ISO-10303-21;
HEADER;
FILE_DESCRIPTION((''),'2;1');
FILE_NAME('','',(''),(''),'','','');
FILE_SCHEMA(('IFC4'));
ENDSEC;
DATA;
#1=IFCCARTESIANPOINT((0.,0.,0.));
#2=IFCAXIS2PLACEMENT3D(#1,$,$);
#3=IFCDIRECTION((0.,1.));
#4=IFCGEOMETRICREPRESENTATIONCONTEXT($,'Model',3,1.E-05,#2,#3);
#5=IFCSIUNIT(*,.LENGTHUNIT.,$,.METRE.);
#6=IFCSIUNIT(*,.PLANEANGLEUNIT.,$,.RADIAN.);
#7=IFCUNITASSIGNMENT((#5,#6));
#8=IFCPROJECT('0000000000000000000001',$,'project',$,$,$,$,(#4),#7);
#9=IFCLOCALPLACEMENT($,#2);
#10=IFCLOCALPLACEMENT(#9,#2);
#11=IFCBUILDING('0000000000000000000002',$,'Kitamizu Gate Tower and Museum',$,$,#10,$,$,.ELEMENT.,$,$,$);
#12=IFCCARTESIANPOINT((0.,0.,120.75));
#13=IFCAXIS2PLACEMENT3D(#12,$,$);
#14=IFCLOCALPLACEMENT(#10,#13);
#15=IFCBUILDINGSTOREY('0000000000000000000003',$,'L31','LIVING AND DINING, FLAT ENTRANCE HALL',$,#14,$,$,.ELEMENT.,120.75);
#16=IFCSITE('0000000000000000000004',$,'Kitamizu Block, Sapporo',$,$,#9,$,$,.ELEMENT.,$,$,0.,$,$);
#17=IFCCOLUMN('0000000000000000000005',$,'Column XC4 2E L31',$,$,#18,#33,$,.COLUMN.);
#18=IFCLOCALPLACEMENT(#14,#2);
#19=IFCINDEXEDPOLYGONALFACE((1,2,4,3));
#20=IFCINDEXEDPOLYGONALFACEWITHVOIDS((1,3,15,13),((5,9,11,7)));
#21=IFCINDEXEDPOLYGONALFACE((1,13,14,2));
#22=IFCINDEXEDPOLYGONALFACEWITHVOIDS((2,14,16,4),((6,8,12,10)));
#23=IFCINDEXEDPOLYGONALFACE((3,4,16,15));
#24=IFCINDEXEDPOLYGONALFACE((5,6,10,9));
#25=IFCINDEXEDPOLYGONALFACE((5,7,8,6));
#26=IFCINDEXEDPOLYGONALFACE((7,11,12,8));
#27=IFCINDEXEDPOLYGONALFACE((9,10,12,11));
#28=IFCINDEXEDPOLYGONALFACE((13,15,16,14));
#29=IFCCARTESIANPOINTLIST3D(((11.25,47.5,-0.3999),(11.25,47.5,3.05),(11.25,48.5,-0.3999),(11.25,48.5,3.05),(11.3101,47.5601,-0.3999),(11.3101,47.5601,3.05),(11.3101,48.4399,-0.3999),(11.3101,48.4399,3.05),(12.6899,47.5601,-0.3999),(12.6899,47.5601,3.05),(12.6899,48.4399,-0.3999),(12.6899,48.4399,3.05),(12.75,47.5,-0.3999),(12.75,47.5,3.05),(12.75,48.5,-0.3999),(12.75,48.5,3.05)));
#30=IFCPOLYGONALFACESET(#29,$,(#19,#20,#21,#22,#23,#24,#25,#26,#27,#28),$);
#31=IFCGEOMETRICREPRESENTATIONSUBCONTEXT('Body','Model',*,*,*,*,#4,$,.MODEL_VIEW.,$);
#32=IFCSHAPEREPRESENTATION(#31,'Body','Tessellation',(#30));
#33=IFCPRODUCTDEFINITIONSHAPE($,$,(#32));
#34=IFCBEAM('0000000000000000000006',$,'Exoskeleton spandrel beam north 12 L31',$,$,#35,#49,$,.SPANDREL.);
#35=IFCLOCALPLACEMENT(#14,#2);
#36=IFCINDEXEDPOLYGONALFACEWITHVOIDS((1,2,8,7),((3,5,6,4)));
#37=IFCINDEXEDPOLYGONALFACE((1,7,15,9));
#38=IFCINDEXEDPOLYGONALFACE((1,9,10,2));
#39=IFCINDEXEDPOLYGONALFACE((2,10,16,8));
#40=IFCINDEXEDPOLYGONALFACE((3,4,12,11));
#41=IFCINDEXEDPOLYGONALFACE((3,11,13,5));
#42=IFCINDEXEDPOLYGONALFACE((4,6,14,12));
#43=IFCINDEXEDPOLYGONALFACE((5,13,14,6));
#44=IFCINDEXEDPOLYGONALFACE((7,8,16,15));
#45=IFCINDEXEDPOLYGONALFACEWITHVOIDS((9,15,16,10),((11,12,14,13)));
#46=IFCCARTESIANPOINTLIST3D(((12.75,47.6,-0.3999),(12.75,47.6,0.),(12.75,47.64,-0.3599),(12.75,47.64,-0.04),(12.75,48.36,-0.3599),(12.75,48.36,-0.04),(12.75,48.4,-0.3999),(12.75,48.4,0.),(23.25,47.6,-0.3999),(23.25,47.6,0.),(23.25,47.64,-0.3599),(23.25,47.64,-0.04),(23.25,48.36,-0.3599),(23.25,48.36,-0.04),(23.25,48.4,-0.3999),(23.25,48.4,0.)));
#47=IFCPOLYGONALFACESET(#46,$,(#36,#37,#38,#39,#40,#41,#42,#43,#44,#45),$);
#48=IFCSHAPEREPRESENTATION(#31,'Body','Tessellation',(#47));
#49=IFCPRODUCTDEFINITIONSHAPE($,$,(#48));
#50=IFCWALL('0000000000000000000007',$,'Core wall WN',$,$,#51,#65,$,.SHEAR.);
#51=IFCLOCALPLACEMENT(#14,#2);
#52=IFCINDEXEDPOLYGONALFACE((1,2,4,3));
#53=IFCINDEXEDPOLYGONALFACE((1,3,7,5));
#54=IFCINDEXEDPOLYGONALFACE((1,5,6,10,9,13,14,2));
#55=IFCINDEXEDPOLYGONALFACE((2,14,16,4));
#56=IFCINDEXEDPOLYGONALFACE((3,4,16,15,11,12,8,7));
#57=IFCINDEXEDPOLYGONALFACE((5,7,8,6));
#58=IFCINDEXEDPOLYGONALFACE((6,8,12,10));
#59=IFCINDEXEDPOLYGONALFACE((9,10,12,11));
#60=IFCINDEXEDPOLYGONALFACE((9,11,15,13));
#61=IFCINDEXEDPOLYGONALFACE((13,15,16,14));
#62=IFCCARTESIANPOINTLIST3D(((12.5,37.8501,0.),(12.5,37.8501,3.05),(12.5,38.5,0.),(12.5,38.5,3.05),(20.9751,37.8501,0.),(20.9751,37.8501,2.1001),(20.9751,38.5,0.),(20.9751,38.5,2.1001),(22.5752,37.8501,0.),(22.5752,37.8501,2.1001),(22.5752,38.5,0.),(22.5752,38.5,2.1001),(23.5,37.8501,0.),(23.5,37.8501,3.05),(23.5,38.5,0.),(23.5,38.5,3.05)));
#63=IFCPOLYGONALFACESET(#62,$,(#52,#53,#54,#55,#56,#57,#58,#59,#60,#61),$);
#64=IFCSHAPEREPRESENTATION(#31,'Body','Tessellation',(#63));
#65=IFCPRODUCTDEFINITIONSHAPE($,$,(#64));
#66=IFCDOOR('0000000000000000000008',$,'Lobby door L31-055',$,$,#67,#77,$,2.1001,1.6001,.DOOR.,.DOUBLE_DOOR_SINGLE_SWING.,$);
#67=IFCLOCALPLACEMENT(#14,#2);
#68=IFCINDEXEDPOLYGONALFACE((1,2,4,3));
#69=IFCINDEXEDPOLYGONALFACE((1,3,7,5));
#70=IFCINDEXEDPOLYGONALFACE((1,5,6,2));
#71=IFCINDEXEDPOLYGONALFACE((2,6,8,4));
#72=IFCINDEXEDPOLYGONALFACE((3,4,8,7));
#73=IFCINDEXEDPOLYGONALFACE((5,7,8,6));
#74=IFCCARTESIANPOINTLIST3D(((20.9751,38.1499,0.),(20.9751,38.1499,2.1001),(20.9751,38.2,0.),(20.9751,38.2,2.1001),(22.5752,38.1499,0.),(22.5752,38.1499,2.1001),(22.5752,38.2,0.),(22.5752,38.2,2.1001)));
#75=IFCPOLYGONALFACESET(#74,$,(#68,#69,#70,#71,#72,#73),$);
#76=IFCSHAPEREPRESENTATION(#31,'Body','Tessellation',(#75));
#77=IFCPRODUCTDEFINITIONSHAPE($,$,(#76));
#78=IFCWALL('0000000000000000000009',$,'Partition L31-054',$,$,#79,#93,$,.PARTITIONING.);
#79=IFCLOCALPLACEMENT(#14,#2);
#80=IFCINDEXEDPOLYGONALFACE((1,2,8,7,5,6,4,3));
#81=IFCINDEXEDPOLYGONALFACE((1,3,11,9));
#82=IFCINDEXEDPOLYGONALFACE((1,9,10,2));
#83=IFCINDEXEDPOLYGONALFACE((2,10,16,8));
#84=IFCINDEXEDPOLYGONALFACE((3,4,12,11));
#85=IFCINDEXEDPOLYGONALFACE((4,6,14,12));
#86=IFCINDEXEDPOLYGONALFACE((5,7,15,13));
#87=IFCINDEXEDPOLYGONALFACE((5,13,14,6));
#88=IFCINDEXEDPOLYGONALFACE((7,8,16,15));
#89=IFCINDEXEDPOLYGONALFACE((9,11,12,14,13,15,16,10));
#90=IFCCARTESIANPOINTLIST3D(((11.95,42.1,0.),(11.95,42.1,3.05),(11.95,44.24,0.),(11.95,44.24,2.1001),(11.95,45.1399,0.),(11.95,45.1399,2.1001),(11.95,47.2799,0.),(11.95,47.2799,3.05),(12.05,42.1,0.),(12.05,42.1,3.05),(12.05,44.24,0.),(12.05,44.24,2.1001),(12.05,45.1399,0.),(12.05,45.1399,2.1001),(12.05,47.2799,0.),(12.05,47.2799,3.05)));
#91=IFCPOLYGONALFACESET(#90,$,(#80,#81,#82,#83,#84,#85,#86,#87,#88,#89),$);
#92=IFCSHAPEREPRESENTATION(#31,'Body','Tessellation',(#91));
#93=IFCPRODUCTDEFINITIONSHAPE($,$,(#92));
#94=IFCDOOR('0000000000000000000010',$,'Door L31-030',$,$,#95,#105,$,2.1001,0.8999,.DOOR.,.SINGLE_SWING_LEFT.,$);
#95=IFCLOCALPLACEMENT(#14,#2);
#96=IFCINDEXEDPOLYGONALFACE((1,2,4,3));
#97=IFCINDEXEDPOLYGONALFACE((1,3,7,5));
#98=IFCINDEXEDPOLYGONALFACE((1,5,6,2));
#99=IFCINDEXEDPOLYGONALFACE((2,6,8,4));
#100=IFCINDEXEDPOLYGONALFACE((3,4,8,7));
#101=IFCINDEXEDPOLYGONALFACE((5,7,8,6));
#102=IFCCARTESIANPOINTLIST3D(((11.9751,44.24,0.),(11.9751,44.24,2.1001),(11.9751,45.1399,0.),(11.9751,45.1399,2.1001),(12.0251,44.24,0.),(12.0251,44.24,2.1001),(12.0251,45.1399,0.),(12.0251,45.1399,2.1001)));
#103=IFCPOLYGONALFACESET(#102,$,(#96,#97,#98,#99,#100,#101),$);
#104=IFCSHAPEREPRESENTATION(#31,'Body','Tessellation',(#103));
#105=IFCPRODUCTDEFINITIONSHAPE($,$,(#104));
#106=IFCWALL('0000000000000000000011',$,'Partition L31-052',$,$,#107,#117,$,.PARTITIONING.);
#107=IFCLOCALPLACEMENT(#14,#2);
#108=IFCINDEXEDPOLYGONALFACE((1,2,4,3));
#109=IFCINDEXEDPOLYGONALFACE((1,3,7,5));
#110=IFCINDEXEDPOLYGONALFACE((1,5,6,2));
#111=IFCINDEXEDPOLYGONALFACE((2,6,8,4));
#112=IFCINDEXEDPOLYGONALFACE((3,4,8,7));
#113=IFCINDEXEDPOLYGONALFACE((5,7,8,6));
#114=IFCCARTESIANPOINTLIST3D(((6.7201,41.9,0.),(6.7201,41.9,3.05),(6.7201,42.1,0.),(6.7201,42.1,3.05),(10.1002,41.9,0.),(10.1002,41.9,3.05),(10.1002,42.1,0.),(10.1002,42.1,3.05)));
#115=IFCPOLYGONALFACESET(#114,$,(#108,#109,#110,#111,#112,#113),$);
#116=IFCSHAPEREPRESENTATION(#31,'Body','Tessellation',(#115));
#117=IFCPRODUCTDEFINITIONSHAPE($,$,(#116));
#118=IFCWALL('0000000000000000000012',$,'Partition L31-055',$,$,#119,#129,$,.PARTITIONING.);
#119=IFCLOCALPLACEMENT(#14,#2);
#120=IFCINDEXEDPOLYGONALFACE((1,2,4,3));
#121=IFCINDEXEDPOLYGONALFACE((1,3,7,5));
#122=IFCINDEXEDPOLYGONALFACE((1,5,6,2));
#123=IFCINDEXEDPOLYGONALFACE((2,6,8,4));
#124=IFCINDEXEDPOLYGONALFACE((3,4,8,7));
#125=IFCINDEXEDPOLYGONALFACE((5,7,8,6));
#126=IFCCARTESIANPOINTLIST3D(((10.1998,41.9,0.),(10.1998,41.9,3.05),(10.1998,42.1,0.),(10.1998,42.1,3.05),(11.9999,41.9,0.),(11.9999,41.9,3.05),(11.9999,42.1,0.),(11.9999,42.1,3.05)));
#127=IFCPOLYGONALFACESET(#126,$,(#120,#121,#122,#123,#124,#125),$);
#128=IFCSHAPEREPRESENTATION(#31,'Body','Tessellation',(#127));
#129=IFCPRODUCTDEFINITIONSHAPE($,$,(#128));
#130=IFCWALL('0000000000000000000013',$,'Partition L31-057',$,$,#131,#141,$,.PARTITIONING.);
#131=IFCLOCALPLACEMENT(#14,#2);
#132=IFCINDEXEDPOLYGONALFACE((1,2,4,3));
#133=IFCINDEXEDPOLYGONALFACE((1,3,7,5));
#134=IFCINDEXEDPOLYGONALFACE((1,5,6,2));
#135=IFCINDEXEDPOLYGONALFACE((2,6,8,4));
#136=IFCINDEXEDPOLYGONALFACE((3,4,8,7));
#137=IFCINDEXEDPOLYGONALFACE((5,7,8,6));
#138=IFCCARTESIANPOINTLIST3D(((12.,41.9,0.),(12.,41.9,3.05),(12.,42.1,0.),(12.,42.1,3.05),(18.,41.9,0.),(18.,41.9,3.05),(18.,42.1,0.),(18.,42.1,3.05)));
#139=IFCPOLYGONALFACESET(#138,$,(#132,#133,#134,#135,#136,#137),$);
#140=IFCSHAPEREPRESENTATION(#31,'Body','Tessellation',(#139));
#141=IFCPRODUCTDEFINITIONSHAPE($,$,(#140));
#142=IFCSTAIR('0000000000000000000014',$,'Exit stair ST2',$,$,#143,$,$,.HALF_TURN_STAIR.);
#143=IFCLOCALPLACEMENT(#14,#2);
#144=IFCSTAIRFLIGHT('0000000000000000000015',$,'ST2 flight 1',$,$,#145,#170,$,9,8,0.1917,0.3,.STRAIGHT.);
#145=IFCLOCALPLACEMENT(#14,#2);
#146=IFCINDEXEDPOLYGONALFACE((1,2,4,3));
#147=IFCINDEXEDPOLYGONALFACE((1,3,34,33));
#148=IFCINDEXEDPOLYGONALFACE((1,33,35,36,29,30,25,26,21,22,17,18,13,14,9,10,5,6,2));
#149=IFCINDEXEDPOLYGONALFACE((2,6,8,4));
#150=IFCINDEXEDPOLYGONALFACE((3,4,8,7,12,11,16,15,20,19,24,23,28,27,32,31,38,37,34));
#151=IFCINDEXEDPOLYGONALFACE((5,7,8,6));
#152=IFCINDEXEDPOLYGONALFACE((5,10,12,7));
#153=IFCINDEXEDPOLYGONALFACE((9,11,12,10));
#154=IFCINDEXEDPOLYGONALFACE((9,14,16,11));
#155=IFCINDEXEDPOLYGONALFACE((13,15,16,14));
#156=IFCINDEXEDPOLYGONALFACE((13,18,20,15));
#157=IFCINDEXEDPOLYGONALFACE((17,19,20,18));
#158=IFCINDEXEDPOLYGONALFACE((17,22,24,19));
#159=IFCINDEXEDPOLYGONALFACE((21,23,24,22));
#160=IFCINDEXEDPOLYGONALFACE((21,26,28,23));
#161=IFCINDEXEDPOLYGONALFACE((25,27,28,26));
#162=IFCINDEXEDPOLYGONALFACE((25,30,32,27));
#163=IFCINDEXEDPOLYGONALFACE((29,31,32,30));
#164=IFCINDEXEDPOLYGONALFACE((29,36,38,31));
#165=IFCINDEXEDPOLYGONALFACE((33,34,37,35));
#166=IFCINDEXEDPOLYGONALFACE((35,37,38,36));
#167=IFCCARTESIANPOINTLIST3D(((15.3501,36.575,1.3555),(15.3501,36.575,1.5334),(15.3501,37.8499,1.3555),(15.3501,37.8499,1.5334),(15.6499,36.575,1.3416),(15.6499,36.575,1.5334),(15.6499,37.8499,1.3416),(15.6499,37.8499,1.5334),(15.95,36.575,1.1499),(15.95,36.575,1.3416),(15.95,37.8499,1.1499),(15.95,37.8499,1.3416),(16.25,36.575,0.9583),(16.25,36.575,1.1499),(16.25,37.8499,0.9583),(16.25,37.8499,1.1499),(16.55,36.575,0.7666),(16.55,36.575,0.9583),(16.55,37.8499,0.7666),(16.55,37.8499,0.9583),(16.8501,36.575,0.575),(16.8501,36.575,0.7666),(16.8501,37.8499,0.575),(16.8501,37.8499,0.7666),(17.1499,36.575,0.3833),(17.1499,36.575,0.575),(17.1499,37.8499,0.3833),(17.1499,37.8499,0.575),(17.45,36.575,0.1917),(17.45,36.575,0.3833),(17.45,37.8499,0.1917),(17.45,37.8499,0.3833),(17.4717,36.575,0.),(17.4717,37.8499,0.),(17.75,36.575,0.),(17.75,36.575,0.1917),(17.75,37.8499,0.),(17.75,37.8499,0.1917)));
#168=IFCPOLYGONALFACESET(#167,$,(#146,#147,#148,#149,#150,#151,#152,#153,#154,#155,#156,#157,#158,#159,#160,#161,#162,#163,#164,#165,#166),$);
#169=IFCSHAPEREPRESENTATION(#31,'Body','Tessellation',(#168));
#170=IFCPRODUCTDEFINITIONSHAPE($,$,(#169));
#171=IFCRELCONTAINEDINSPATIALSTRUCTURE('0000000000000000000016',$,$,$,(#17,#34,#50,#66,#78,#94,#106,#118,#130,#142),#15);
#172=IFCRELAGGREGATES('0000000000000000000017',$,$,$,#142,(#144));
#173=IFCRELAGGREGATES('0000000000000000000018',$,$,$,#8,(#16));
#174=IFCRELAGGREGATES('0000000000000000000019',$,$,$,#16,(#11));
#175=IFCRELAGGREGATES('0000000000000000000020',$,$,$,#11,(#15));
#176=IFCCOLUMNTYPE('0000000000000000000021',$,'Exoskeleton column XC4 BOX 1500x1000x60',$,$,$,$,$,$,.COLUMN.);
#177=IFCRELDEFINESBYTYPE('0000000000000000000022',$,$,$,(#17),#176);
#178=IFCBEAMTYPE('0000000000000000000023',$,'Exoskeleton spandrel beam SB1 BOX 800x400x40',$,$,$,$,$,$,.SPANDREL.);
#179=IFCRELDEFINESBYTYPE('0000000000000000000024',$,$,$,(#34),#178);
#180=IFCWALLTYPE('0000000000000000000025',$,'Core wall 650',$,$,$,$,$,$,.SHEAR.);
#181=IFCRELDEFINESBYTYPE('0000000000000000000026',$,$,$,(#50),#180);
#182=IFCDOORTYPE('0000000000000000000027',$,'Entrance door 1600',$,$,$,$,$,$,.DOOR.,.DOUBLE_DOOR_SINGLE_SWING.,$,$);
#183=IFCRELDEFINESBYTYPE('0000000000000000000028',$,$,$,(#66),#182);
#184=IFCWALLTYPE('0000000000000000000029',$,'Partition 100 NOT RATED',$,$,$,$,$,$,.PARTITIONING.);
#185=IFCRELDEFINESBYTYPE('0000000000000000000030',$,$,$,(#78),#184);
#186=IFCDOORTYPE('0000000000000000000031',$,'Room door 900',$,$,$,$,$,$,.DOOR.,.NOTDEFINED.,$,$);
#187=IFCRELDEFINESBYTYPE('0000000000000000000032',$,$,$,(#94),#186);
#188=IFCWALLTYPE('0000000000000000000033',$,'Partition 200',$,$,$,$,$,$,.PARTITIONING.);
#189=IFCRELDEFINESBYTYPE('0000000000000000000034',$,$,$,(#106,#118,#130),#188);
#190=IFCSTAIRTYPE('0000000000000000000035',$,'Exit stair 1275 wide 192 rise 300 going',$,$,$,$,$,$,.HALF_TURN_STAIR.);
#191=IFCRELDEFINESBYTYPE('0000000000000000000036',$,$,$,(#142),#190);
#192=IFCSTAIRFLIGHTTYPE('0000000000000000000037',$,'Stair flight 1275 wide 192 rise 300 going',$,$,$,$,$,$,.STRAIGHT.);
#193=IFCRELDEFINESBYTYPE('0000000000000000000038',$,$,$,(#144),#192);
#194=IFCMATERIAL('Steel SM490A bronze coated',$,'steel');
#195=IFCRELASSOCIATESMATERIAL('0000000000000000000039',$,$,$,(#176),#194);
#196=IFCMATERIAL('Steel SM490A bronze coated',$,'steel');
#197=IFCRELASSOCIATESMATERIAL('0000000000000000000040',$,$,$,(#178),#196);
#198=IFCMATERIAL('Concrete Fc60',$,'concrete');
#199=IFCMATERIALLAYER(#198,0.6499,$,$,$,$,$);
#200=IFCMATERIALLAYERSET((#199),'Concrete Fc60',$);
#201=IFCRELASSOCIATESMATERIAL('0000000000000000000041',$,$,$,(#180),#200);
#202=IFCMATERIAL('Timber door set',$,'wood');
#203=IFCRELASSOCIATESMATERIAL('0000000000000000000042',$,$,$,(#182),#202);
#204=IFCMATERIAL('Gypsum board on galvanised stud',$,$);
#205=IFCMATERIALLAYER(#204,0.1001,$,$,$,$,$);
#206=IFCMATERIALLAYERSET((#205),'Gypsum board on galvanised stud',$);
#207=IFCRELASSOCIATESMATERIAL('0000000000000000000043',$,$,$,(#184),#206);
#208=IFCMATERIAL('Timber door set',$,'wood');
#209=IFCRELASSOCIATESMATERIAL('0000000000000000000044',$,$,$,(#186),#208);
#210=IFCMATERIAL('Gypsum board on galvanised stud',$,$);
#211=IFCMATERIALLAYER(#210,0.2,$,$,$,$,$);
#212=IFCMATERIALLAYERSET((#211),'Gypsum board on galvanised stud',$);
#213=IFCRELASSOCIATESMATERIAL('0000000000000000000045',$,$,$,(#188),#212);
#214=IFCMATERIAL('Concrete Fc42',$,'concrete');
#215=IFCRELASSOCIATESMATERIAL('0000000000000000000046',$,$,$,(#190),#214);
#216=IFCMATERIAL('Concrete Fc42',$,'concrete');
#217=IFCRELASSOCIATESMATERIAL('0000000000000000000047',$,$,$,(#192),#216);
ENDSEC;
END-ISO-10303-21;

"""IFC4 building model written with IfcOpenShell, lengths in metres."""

from ifc_helpers import new_model, si_unit, direction, frame, frame_2d, origin, origin_2d, place, context, subcontext, project, spatial, polyline, rectangle, hollow_rectangle, outline, extrude, material, layer, layer_set, material_profile, profile_set, type_object, element, fill, aggregate, save


model = new_model("IFC4")

# Units and contexts
model_context = context("Model", 3, precision=1e-05, world=origin(), true_north=direction((0.0, 1.0)))
body_context = subcontext(model_context, "Body", "Model", "MODEL_VIEW")
ifc_project = project(units=[si_unit("LENGTHUNIT", "METRE"), si_unit("PLANEANGLEUNIT", "RADIAN")], contexts=[model_context])

# Site, building, storey
site_placement = place(None, origin())
site = spatial("IfcSite", under=ifc_project, at=site_placement, Name="Kitamizu Block, Sapporo", CompositionType="ELEMENT", RefElevation=0.0)
building_placement = place(site_placement, origin())
building = spatial("IfcBuilding", under=site, at=building_placement, Name="Kitamizu Gate Tower and Museum", CompositionType="ELEMENT")
storey_placement = place(building_placement, frame((0.0, 0.0, 120.75)))
storey = spatial("IfcBuildingStorey", under=building, at=storey_placement, Name="L31", Description="LIVING AND DINING, FLAT ENTRANCE HALL", CompositionType="ELEMENT", Elevation=120.75)

# Column
ifc_material_1 = material(Name="Steel SM490A bronze coated", Category="steel")
ifc_material_profile_1 = material_profile(ifc_material_1, hollow_rectangle(XDim=1.5, YDim=1.0, WallThickness=0.0601, at=origin_2d()), Name="BOX 1500x1000x60")
ifc_profile_set_1 = profile_set([ifc_material_profile_1], Name="Steel SM490A bronze coated")
column_type = type_object("IfcColumnType", Name="Exoskeleton column XC4 BOX 1500x1000x60", PredefinedType="COLUMN", material=ifc_profile_set_1)
column_placement = place(storey_placement, frame((12.0, 48.0, -0.3999), z_axis=(0.0, 0.0, 1.0), x_axis=(1.0, 0.0, 0.0)))
element("IfcColumn", 1, at=column_placement, inside=storey, type_object=column_type, Name="Column XC4 2E L31", PredefinedType="COLUMN", context=body_context, shape_type="SweptSolid", body=[
    extrude(hollow_rectangle(XDim=1.5, YDim=1.0, WallThickness=0.0601, at=origin_2d()), origin(), (0.0, 0.0, 1.0), 3.45),
])

# Beam
ifc_material_2 = material(Name="Steel SM490A bronze coated", Category="steel")
ifc_material_profile_2 = material_profile(ifc_material_2, hollow_rectangle(XDim=0.8, YDim=0.3999, WallThickness=0.04, at=origin_2d()), Name="BOX 800x400x40")
ifc_profile_set_2 = profile_set([ifc_material_profile_2], Name="Steel SM490A bronze coated")
beam_type = type_object("IfcBeamType", Name="Exoskeleton spandrel beam SB1 BOX 800x400x40", PredefinedType="SPANDREL", material=ifc_profile_set_2)
beam_placement = place(storey_placement, frame((12.75, 48.0, -0.2), z_axis=(1.0, 0.0, 0.0), x_axis=(0.0, 1.0, 0.0)))
element("IfcBeam", 2, at=beam_placement, inside=storey, type_object=beam_type, Name="Exoskeleton spandrel beam north 12 L31", PredefinedType="SPANDREL", context=body_context, shape_type="SweptSolid", body=[
    extrude(hollow_rectangle(XDim=0.8, YDim=0.3999, WallThickness=0.04, at=origin_2d()), origin(), (0.0, 0.0, 1.0), 10.5),
])

# Walls, openings, doors
ifc_material_3 = material(Name="Concrete Fc60", Category="concrete")
ifc_layer_1 = layer(ifc_material_3, 0.6499)
ifc_layer_set_1 = layer_set([ifc_layer_1], Name="Concrete Fc60")
wall_type_1 = type_object("IfcWallType", Name="Core wall 650", PredefinedType="SHEAR", material=ifc_layer_set_1)
wall_1_placement = place(storey_placement, frame((12.5, 38.175, 0.0), z_axis=(0.0, 0.0, 1.0), x_axis=(1.0, 0.0, 0.0)))
wall_1 = element("IfcWall", 3, at=wall_1_placement, inside=storey, type_object=wall_type_1, Name="Core wall WN", PredefinedType="SHEAR", context=body_context, shape_type="SweptSolid", body=[
    extrude(rectangle(XDim=11.0, YDim=0.6499, at=frame_2d((5.5, 0.0))), origin(), (0.0, 0.0, 1.0), 3.05),
])
opening_1_placement = place(wall_1_placement, frame((8.4751, 0.0, 0.0)))
opening_1 = element("IfcOpeningElement", 4, at=opening_1_placement, cuts=wall_1, PredefinedType="OPENING", context=body_context, shape_type="SweptSolid", body=[
    extrude(rectangle(XDim=1.6001, YDim=2.1001, at=frame_2d((0.8, 1.05))), frame((0.0, 0.335, 0.0), z_axis=(0.0, -1.0, 0.0), x_axis=(1.0, 0.0, 0.0)), (0.0, 0.0, 1.0), 0.6699),
])
ifc_material_4 = material(Name="Timber door set", Category="wood")
door_type_1 = type_object("IfcDoorType", Name="Entrance door 1600", OperationType="DOUBLE_DOOR_SINGLE_SWING", PredefinedType="DOOR", material=ifc_material_4)
door_1_placement = place(opening_1_placement, origin())
door_1 = element("IfcDoor", 5, at=door_1_placement, inside=storey, type_object=door_type_1, Name="Lobby door L31-055", OperationType="DOUBLE_DOOR_SINGLE_SWING", OverallHeight=2.1001, OverallWidth=1.6001, PredefinedType="DOOR", context=body_context, shape_type="SweptSolid", body=[
    extrude(rectangle(XDim=1.6001, YDim=2.1001, at=frame_2d((0.8, 1.05))), frame((0.0, 0.0249, 0.0), z_axis=(0.0, -1.0, 0.0), x_axis=(1.0, 0.0, 0.0)), (0.0, 0.0, 1.0), 0.05),
])
fill(opening_1, door_1)
ifc_material_5 = material(Name="Gypsum board on galvanised stud")
ifc_layer_2 = layer(ifc_material_5, 0.1001)
ifc_layer_set_2 = layer_set([ifc_layer_2], Name="Gypsum board on galvanised stud")
wall_type_2 = type_object("IfcWallType", Name="Partition 100 NOT RATED", PredefinedType="PARTITIONING", material=ifc_layer_set_2)
wall_2_placement = place(storey_placement, frame((12.0, 42.1001, 0.0), z_axis=(0.0, 0.0, 1.0), x_axis=(0.0, 1.0, 0.0)))
wall_2 = element("IfcWall", 6, at=wall_2_placement, inside=storey, type_object=wall_type_2, Name="Partition L31-054", PredefinedType="PARTITIONING", context=body_context, shape_type="SweptSolid", body=[
    extrude(rectangle(XDim=5.1799, YDim=0.1001, at=frame_2d((2.5898, 0.0))), origin(), (0.0, 0.0, 1.0), 3.05),
])
opening_2_placement = place(wall_2_placement, frame((2.1399, 0.0, 0.0)))
opening_2 = element("IfcOpeningElement", 7, at=opening_2_placement, cuts=wall_2, PredefinedType="OPENING", context=body_context, shape_type="SweptSolid", body=[
    extrude(rectangle(XDim=0.8999, YDim=2.1001, at=frame_2d((0.45, 1.05))), frame((0.0, 0.0601, 0.0), z_axis=(0.0, -1.0, 0.0), x_axis=(1.0, 0.0, 0.0)), (0.0, 0.0, 1.0), 0.1201),
])
ifc_material_6 = material(Name="Timber door set", Category="wood")
door_type_2 = type_object("IfcDoorType", Name="Room door 900", OperationType="NOTDEFINED", PredefinedType="DOOR", material=ifc_material_6)
door_2_placement = place(opening_2_placement, origin())
door_2 = element("IfcDoor", 8, at=door_2_placement, inside=storey, type_object=door_type_2, Name="Door L31-030", OperationType="SINGLE_SWING_LEFT", OverallHeight=2.1001, OverallWidth=0.8999, PredefinedType="DOOR", context=body_context, shape_type="SweptSolid", body=[
    extrude(rectangle(XDim=0.8999, YDim=2.1001, at=frame_2d((0.45, 1.05))), frame((0.0, 0.0249, 0.0), z_axis=(0.0, -1.0, 0.0), x_axis=(1.0, 0.0, 0.0)), (0.0, 0.0, 1.0), 0.05),
])
fill(opening_2, door_2)

# Walls
ifc_material_7 = material(Name="Gypsum board on galvanised stud")
ifc_layer_3 = layer(ifc_material_7, 0.2)
ifc_layer_set_3 = layer_set([ifc_layer_3], Name="Gypsum board on galvanised stud")
wall_type_3 = type_object("IfcWallType", Name="Partition 200", PredefinedType="PARTITIONING", material=ifc_layer_set_3)
wall_3_placement = place(storey_placement, frame((10.1001, 42.0, 0.0), z_axis=(0.0, 0.0, 1.0), x_axis=(-1.0, 0.0, 0.0)))
element("IfcWall", 9, at=wall_3_placement, inside=storey, type_object=wall_type_3, Name="Partition L31-052", PredefinedType="PARTITIONING", context=body_context, shape_type="SweptSolid", body=[
    extrude(rectangle(XDim=3.3801, YDim=0.2, at=frame_2d((1.6899, 0.0))), origin(), (0.0, 0.0, 1.0), 3.05),
])
wall_4_placement = place(storey_placement, frame((10.2, 42.0, 0.0), z_axis=(0.0, 0.0, 1.0), x_axis=(1.0, 0.0, 0.0)))
element("IfcWall", 10, at=wall_4_placement, inside=storey, type_object=wall_type_3, Name="Partition L31-055", PredefinedType="PARTITIONING", context=body_context, shape_type="SweptSolid", body=[
    extrude(rectangle(XDim=1.8, YDim=0.2, at=frame_2d((0.8999, 0.0))), origin(), (0.0, 0.0, 1.0), 3.05),
])
wall_5_placement = place(storey_placement, frame((12.0, 42.0, 0.0), z_axis=(0.0, 0.0, 1.0), x_axis=(1.0, 0.0, 0.0)))
element("IfcWall", 11, at=wall_5_placement, inside=storey, type_object=wall_type_3, Name="Partition L31-057", PredefinedType="PARTITIONING", context=body_context, shape_type="SweptSolid", body=[
    extrude(rectangle(XDim=6.0, YDim=0.2, at=frame_2d((3.0, 0.0))), origin(), (0.0, 0.0, 1.0), 3.05),
])

# Stair, stair flight
ifc_material_8 = material(Name="Concrete Fc42", Category="concrete")
stair_type = type_object("IfcStairType", Name="Exit stair 1275 wide 192 rise 300 going", PredefinedType="HALF_TURN_STAIR", material=ifc_material_8)
stair_placement = place(storey_placement, origin())
stair = element("IfcStair", 12, at=stair_placement, inside=storey, type_object=stair_type, Name="Exit stair ST2", PredefinedType="HALF_TURN_STAIR")
ifc_material_9 = material(Name="Concrete Fc42", Category="concrete")
stair_flight_type = type_object("IfcStairFlightType", Name="Stair flight 1275 wide 192 rise 300 going", PredefinedType="STRAIGHT", material=ifc_material_9)
stair_flight_placement = place(storey_placement, frame((17.75, 37.2124, 0.0), z_axis=(0.0, 0.0, 1.0), x_axis=(-1.0, 0.0, 0.0)))
stair_flight = element("IfcStairFlight", 13, at=stair_flight_placement, type_object=stair_flight_type, Name="ST2 flight 1", NumberOfRisers=9, NumberOfTreads=8, PredefinedType="STRAIGHT", RiserHeight=0.1917, TreadLength=0.3, context=body_context, shape_type="SweptSolid", body=[
    extrude(outline(polyline([(0.0, 0.0), (0.0, 0.1917), (0.3, 0.1917), (0.3, 0.3833), (0.6001, 0.3833), (0.6001, 0.575), (0.8999, 0.575), (0.8999, 0.7666), (1.2, 0.7666), (1.2, 0.9583), (1.5, 0.9583), (1.5, 1.1499), (1.8, 1.1499), (1.8, 1.3416), (2.1001, 1.3416), (2.1001, 1.5334), (2.3999, 1.5334), (2.3999, 1.7251), (2.3999, 1.3555), (0.2783, 0.0), (0.0, 0.0)])), frame((0.0, 0.6375, 0.0), z_axis=(0.0, -1.0, 0.0), x_axis=(1.0, 0.0, 0.0)), (0.0, 0.0, 1.0), 1.2749),
])
aggregate(stair, [stair_flight])

save(model, "model.ifc")
